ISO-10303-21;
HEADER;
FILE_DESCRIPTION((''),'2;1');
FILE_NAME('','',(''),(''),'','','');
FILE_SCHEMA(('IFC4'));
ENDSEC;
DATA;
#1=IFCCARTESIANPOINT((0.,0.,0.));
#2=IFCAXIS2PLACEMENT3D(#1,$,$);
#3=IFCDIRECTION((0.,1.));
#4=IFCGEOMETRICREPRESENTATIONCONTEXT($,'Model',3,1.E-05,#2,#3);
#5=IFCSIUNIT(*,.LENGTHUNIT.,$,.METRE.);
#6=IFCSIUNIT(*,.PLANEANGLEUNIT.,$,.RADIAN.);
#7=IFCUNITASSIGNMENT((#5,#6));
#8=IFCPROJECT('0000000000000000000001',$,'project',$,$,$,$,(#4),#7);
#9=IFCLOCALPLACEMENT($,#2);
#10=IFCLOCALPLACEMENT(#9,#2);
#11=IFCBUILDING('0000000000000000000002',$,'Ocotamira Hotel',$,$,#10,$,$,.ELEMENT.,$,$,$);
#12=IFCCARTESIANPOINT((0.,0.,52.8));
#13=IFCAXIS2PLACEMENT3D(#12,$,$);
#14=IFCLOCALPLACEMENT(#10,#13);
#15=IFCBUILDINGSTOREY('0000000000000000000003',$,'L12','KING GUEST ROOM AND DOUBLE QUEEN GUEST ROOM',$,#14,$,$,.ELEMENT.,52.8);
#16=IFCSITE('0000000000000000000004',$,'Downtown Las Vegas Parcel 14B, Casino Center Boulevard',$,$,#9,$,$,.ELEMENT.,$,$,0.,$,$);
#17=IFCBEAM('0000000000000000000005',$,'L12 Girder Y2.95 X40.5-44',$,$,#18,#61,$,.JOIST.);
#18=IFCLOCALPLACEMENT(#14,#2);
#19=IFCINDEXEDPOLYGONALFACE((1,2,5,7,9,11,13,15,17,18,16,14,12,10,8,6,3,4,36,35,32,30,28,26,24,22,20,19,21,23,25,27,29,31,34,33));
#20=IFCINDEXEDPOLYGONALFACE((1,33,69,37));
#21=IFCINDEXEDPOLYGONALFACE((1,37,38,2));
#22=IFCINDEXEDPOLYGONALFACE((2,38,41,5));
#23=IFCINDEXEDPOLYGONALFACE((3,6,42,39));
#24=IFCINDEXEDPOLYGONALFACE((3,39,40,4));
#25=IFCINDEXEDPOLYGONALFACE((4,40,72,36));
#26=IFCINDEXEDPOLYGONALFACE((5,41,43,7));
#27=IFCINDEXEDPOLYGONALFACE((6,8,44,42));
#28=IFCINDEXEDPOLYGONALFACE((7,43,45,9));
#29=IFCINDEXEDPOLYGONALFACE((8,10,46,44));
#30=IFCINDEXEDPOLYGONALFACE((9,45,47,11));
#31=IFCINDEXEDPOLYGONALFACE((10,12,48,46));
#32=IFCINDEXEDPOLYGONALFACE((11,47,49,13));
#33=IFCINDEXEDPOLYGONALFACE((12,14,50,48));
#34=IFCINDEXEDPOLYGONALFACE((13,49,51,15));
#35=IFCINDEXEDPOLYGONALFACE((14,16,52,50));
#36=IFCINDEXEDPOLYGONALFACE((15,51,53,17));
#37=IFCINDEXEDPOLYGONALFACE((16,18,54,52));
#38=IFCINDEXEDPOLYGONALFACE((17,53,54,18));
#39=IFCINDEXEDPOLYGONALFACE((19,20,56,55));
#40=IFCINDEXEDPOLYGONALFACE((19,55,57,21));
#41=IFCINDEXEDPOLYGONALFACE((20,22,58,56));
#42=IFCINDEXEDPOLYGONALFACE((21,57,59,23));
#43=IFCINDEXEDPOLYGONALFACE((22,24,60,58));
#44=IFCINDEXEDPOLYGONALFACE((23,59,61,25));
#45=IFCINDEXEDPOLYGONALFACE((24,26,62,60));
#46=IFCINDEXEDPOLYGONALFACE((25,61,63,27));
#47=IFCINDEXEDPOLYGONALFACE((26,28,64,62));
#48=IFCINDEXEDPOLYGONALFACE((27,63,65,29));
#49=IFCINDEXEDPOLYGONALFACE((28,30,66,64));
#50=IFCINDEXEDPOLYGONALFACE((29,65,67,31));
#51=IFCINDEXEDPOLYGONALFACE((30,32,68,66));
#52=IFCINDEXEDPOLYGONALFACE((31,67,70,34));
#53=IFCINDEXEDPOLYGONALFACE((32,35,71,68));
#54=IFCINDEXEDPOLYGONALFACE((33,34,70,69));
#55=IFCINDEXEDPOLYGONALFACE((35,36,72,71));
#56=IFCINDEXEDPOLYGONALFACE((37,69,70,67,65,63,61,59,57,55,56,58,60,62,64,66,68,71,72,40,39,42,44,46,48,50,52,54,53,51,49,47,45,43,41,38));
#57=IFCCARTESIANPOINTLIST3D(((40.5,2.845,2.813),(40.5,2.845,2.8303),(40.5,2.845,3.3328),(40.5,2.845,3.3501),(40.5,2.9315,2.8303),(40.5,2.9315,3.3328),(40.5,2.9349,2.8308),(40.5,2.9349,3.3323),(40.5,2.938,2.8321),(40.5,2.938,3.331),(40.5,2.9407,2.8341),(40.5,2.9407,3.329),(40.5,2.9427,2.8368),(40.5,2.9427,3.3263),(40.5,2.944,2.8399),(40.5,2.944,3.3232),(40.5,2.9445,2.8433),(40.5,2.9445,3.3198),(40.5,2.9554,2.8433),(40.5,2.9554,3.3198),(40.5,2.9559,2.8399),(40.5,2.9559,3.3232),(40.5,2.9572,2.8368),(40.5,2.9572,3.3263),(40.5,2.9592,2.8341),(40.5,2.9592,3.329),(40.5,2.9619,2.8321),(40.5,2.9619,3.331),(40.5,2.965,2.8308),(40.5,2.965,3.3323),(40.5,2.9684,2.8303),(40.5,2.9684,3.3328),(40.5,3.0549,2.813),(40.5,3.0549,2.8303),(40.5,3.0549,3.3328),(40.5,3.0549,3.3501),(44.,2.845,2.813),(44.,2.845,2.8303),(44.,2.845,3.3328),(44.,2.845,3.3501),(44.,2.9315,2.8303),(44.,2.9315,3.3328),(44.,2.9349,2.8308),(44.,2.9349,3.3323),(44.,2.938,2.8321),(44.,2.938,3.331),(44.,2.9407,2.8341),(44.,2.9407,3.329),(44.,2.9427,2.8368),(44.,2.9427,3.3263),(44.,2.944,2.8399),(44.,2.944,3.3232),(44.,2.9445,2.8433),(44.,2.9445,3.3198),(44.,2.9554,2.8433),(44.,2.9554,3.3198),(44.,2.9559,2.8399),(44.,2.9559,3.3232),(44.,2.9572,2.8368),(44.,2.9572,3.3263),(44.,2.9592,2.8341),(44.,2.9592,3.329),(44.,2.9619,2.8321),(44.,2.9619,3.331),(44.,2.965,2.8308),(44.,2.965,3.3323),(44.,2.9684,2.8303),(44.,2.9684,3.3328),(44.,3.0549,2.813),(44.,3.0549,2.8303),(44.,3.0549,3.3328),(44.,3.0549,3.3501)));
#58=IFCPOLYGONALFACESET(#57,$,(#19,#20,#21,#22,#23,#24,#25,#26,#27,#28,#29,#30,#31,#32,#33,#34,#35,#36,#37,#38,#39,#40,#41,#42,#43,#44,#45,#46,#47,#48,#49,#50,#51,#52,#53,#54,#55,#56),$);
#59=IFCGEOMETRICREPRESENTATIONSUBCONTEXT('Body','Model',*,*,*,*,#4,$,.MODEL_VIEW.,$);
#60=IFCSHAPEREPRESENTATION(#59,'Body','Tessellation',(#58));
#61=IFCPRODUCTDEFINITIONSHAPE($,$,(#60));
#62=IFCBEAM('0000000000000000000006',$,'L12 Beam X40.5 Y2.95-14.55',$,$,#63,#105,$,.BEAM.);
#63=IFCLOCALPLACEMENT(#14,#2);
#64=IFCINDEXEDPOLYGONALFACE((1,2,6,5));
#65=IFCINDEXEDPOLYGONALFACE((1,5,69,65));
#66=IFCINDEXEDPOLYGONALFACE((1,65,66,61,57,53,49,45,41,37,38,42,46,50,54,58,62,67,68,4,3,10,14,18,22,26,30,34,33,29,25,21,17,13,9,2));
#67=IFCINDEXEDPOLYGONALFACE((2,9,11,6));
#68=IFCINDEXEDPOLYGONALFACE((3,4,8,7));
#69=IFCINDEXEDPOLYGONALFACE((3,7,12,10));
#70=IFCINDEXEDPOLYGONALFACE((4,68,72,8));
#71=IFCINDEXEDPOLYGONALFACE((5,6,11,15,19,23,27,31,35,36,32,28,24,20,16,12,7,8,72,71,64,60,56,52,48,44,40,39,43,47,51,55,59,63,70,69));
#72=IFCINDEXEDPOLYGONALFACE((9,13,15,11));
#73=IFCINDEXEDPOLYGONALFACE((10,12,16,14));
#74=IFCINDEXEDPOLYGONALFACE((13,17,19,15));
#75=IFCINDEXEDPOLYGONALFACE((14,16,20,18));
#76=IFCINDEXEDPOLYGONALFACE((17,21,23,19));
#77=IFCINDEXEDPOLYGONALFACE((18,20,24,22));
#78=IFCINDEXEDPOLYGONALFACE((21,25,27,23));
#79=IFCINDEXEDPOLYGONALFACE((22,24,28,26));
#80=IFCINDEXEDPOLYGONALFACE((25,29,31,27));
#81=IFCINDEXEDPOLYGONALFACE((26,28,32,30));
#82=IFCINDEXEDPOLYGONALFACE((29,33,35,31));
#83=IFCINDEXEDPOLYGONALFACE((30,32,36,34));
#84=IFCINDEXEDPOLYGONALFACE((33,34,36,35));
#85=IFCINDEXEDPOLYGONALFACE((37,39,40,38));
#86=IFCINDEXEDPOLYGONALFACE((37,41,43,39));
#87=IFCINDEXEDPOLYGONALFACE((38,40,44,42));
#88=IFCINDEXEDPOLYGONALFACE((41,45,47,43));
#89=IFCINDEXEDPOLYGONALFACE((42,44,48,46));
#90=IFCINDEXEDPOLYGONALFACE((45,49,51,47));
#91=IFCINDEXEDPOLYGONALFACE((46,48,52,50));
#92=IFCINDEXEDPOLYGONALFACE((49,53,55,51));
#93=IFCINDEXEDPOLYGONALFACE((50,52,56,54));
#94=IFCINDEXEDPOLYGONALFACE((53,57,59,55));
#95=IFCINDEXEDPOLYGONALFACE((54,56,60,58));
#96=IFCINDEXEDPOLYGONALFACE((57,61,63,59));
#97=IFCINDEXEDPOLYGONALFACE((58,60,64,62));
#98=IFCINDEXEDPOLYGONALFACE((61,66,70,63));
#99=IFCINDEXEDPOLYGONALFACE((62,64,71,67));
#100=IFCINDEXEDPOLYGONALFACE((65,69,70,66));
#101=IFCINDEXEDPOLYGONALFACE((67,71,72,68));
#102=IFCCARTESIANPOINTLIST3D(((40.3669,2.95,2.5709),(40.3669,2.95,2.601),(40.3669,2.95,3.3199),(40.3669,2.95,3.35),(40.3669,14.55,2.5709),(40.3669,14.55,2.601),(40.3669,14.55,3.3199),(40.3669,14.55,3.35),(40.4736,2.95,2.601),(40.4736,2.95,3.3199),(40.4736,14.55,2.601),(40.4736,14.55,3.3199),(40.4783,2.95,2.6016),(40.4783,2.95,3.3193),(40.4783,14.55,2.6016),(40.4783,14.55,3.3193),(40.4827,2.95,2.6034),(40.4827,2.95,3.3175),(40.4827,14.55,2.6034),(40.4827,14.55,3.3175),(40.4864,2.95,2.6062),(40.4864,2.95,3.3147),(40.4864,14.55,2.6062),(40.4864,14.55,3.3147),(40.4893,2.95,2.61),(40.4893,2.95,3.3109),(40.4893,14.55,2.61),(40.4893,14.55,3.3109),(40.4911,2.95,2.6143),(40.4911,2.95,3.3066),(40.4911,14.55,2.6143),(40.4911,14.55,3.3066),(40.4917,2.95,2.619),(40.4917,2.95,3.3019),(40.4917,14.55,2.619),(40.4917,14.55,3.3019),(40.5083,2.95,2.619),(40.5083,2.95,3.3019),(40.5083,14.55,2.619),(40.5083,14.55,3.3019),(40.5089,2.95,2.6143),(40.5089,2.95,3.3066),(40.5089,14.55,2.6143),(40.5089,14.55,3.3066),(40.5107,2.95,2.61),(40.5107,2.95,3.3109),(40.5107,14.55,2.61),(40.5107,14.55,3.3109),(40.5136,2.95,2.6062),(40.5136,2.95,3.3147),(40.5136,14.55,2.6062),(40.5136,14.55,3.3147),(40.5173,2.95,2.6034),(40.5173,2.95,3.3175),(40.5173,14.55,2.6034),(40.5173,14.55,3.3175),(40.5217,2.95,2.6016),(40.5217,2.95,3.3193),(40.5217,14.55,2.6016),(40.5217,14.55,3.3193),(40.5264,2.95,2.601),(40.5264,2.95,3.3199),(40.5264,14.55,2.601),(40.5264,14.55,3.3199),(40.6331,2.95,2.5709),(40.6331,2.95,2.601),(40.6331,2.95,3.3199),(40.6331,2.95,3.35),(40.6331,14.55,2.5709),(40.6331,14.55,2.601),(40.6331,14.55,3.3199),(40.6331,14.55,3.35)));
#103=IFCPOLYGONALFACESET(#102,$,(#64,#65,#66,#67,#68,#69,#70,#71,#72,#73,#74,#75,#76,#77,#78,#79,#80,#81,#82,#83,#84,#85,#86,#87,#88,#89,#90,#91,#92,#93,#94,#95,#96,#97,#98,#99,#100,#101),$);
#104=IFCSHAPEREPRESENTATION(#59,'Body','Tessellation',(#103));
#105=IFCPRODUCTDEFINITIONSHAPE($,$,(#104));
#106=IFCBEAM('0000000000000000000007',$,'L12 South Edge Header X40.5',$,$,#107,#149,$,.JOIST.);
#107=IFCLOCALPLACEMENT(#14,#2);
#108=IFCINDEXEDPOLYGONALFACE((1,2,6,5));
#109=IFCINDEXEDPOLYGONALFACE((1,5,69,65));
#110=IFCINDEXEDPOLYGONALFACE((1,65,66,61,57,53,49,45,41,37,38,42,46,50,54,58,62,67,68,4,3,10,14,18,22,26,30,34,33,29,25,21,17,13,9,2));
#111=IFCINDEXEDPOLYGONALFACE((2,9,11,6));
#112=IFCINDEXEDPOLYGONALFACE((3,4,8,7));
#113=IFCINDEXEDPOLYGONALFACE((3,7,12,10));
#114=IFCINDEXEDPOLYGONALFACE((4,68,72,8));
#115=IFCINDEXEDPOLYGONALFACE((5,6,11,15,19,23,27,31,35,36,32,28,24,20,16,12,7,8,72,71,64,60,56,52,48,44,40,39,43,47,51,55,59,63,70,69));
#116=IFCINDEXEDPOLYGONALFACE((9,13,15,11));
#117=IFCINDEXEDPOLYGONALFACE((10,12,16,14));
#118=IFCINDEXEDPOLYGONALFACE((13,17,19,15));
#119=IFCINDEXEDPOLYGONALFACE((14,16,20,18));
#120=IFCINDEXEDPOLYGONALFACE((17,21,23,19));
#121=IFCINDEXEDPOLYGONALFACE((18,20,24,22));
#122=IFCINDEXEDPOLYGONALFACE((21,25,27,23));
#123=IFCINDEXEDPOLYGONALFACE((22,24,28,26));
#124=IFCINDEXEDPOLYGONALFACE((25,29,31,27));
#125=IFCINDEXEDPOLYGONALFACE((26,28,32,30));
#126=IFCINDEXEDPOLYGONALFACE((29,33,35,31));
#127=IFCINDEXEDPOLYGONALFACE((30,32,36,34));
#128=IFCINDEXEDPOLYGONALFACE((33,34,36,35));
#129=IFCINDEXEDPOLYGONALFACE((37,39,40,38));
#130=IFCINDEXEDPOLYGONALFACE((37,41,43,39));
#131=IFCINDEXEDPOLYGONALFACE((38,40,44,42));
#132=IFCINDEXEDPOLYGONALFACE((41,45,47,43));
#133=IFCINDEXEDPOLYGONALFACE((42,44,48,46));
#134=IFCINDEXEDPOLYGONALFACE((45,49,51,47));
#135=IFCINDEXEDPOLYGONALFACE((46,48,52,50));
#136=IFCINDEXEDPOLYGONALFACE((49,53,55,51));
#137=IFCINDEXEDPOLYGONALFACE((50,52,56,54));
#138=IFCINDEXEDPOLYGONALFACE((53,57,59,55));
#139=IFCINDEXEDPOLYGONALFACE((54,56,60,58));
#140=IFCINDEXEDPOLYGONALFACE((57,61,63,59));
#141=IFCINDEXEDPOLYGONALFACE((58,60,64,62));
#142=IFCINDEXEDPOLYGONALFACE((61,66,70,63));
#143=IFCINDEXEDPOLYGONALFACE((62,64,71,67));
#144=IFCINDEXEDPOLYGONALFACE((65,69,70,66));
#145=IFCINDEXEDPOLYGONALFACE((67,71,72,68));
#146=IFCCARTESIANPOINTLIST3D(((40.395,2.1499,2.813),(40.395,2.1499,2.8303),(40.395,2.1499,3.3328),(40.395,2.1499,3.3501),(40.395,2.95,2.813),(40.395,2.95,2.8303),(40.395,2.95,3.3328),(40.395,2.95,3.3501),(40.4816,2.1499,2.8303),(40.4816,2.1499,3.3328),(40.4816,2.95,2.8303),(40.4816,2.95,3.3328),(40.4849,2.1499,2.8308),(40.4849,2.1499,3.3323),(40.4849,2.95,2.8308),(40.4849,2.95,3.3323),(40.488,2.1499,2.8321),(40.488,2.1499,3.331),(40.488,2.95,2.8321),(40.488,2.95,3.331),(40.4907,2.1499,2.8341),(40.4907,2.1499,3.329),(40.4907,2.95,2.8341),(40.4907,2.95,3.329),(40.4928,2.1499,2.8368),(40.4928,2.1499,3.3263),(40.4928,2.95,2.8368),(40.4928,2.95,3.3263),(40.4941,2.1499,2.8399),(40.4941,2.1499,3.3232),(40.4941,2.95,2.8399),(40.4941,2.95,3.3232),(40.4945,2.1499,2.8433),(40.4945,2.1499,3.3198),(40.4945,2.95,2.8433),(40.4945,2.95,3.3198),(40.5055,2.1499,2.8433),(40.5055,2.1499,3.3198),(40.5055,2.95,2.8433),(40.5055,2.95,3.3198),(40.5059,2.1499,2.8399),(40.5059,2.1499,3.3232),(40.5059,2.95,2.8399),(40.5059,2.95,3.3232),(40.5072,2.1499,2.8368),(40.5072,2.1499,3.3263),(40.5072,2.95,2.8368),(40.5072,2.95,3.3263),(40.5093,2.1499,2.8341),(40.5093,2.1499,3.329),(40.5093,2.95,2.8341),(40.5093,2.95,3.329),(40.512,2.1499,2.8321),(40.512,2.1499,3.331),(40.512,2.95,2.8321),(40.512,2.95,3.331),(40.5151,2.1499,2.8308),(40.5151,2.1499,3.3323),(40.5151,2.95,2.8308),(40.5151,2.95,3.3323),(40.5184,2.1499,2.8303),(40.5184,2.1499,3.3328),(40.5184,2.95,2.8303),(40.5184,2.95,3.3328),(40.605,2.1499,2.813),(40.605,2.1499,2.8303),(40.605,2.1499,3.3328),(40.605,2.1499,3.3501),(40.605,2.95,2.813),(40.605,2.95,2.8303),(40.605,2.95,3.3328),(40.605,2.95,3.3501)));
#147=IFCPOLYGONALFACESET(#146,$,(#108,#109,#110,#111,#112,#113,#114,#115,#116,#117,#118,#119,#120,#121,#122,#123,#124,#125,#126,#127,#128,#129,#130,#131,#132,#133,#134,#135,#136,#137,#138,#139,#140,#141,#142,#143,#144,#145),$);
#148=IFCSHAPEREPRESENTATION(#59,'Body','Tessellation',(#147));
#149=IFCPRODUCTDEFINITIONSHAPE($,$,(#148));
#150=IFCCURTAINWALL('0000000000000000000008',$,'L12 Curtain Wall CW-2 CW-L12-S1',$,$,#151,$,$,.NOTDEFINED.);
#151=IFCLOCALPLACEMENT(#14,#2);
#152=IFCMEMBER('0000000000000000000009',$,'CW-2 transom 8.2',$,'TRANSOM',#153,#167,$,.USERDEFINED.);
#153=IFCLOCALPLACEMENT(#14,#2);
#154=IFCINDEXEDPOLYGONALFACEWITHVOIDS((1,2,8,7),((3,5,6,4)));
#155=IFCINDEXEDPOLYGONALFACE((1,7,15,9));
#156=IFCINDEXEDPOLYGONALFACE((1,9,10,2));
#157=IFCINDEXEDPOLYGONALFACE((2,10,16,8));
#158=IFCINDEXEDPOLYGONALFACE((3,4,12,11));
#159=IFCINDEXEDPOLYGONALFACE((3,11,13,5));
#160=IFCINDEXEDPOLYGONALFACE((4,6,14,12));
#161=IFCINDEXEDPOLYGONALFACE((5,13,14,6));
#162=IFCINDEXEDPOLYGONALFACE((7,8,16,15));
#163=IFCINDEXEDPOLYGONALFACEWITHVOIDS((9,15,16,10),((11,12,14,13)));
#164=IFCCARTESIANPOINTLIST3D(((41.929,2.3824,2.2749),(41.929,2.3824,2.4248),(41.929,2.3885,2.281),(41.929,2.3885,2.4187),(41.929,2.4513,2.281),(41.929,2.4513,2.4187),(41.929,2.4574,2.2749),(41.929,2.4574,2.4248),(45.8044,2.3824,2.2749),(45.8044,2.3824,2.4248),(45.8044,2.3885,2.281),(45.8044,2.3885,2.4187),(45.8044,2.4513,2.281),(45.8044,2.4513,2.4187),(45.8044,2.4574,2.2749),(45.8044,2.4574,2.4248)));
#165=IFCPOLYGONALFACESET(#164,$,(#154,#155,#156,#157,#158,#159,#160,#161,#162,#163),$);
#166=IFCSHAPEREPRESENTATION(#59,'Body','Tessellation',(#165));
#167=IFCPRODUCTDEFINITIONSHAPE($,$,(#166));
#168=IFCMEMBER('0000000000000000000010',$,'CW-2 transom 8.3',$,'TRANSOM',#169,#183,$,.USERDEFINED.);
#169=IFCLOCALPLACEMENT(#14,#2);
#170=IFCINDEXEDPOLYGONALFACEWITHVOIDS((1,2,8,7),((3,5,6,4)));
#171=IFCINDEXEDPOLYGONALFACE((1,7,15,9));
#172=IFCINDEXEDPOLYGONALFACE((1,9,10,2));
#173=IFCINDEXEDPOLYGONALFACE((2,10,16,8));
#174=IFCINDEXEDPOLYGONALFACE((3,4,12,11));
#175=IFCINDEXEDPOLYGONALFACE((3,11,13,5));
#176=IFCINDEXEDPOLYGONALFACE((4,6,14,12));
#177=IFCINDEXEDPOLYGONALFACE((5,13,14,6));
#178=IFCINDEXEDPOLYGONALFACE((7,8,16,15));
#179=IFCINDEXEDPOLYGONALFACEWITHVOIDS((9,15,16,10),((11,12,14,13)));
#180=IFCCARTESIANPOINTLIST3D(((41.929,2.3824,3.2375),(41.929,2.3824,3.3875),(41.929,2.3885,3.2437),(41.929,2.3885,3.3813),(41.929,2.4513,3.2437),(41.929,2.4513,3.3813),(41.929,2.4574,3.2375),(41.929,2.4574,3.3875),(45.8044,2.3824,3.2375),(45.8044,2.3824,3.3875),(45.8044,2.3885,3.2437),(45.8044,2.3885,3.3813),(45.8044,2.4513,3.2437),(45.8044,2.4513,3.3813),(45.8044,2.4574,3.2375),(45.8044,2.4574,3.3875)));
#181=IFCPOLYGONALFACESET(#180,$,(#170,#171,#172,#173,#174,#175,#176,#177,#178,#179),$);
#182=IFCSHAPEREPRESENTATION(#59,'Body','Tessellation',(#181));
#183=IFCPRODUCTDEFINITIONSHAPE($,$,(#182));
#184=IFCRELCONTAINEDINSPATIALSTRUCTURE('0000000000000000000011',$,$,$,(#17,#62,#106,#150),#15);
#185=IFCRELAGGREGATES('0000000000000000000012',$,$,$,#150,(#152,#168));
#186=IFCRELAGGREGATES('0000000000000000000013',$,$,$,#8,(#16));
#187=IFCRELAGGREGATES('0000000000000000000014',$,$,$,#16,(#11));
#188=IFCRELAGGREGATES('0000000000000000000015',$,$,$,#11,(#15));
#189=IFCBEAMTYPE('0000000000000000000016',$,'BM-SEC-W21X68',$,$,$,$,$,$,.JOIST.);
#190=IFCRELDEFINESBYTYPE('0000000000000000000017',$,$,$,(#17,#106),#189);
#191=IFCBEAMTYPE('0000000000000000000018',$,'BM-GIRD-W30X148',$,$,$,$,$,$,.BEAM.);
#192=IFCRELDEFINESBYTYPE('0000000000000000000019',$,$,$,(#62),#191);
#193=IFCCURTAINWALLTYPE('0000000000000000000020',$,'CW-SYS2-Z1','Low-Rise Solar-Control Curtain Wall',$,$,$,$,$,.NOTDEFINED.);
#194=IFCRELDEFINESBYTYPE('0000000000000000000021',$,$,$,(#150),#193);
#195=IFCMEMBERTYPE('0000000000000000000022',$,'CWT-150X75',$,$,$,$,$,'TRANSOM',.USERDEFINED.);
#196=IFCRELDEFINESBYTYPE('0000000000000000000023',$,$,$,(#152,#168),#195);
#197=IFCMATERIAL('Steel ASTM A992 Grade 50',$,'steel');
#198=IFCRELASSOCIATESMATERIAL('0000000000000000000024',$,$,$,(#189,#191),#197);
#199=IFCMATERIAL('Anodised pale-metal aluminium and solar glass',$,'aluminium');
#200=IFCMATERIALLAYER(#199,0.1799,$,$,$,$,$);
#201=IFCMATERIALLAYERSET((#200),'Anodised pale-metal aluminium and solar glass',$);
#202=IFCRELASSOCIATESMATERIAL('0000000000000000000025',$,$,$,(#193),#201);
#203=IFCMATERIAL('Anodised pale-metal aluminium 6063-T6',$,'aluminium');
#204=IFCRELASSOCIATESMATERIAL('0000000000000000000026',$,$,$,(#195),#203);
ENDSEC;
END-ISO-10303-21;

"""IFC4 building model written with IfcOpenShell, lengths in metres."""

from ifc_helpers import new_model, si_unit, direction, frame, origin, origin_2d, place, context, subcontext, project, spatial, hollow_rectangle, i_section, extrude, source, transform, mapped, material, layer, layer_set, material_profile, profile_set, type_object, element, aggregate, save


model = new_model("IFC4")

# Units and contexts
model_context = context("Model", 3, precision=1e-05, world=origin(), true_north=direction((0.0, 1.0)))
body_context = subcontext(model_context, "Body", "Model", "MODEL_VIEW")
ifc_project = project(units=[si_unit("LENGTHUNIT", "METRE"), si_unit("PLANEANGLEUNIT", "RADIAN")], contexts=[model_context])

# Site, building, storey
site_placement = place(None, origin())
site = spatial("IfcSite", under=ifc_project, at=site_placement, Name="Downtown Las Vegas Parcel 14B, Casino Center Boulevard", CompositionType="ELEMENT", RefElevation=0.0)
building_placement = place(site_placement, origin())
building = spatial("IfcBuilding", under=site, at=building_placement, Name="Ocotamira Hotel", CompositionType="ELEMENT")
storey_placement = place(building_placement, frame((0.0, 0.0, 52.8)))
storey = spatial("IfcBuildingStorey", under=building, at=storey_placement, Name="L12", Description="KING GUEST ROOM AND DOUBLE QUEEN GUEST ROOM", CompositionType="ELEMENT", Elevation=52.8)

# Beams
ifc_material_1 = material(Name="Steel ASTM A992 Grade 50", Category="steel")
ifc_material_profile_1 = material_profile(ifc_material_1, i_section(OverallWidth=0.21, OverallDepth=0.5371, WebThickness=0.011, FlangeThickness=0.0173, FilletRadius=0.0129, at=origin_2d()), Name="W21X68")
ifc_profile_set_1 = profile_set([ifc_material_profile_1], Name="Steel ASTM A992 Grade 50")
beam_type_1 = type_object("IfcBeamType", Name="BM-SEC-W21X68", PredefinedType="JOIST", material=ifc_profile_set_1)
shared_shape_1 = source(origin(), body_context, "Body", "SweptSolid", [
    extrude(i_section(OverallWidth=0.21, OverallDepth=0.5371, WebThickness=0.011, FlangeThickness=0.0173, FilletRadius=0.0129, at=origin_2d()), origin(), (0.0, 0.0, 1.0), 3.5),
])
beam_1_placement = place(storey_placement, frame((40.5, 2.95, 3.0815), z_axis=(1.0, 0.0, 0.0), x_axis=(0.0, 1.0, 0.0)))
element("IfcBeam", 1, at=beam_1_placement, inside=storey, type_object=beam_type_1, Name="L12 Girder Y2.95 X40.5-44", PredefinedType="JOIST", context=body_context, shape_type="MappedRepresentation", body=[
    mapped(shared_shape_1, transform((0.0, 0.0, 0.0), scale=1.0)),
])
ifc_material_profile_2 = material_profile(ifc_material_1, i_section(OverallWidth=0.2661, OverallDepth=0.7791, WebThickness=0.0166, FlangeThickness=0.03, FilletRadius=0.0181, at=origin_2d()), Name="W30X148")
ifc_profile_set_2 = profile_set([ifc_material_profile_2], Name="Steel ASTM A992 Grade 50")
beam_type_2 = type_object("IfcBeamType", Name="BM-GIRD-W30X148", PredefinedType="BEAM", material=ifc_profile_set_2)
shared_shape_2 = source(origin(), body_context, "Body", "SweptSolid", [
    extrude(i_section(OverallWidth=0.2661, OverallDepth=0.7791, WebThickness=0.0166, FlangeThickness=0.03, FilletRadius=0.0181, at=origin_2d()), origin(), (0.0, 0.0, 1.0), 11.6001),
])
beam_2_placement = place(storey_placement, frame((40.5, 2.95, 2.9604), z_axis=(0.0, 1.0, 0.0), x_axis=(-1.0, 0.0, 0.0)))
element("IfcBeam", 2, at=beam_2_placement, inside=storey, type_object=beam_type_2, Name="L12 Beam X40.5 Y2.95-14.55", PredefinedType="BEAM", context=body_context, shape_type="MappedRepresentation", body=[
    mapped(shared_shape_2, transform((0.0, 0.0, 0.0), scale=1.0)),
])
shared_shape_3 = source(origin(), body_context, "Body", "SweptSolid", [
    extrude(i_section(OverallWidth=0.21, OverallDepth=0.5371, WebThickness=0.011, FlangeThickness=0.0173, FilletRadius=0.0129, at=origin_2d()), origin(), (0.0, 0.0, 1.0), 0.8),
])
beam_3_placement = place(storey_placement, frame((40.5, 2.95, 3.0815), z_axis=(0.0, -1.0, 0.0), x_axis=(1.0, 0.0, 0.0)))
element("IfcBeam", 3, at=beam_3_placement, inside=storey, type_object=beam_type_1, Name="L12 South Edge Header X40.5", PredefinedType="JOIST", context=body_context, shape_type="MappedRepresentation", body=[
    mapped(shared_shape_3, transform((0.0, 0.0, 0.0), scale=1.0)),
])

# Curtain wall, members
ifc_material_2 = material(Name="Anodised pale-metal aluminium and solar glass", Category="aluminium")
ifc_layer_1 = layer(ifc_material_2, 0.1799)
ifc_layer_set_1 = layer_set([ifc_layer_1], Name="Anodised pale-metal aluminium and solar glass")
curtain_wall_type = type_object("IfcCurtainWallType", Name="CW-SYS2-Z1", Description="Low-Rise Solar-Control Curtain Wall", PredefinedType="NOTDEFINED", material=ifc_layer_set_1)
curtain_wall_placement = place(storey_placement, origin())
curtain_wall = element("IfcCurtainWall", 4, at=curtain_wall_placement, inside=storey, type_object=curtain_wall_type, Name="L12 Curtain Wall CW-2 CW-L12-S1", PredefinedType="NOTDEFINED")
ifc_material_3 = material(Name="Anodised pale-metal aluminium 6063-T6", Category="aluminium")
ifc_material_profile_3 = material_profile(ifc_material_3, hollow_rectangle(XDim=0.075, YDim=0.1499, WallThickness=0.0061, at=origin_2d()), Name="HSS150X75X6")
ifc_profile_set_3 = profile_set([ifc_material_profile_3], Name="Anodised pale-metal aluminium 6063-T6")
member_type = type_object("IfcMemberType", Name="CWT-150X75", ElementType="TRANSOM", PredefinedType="USERDEFINED", material=ifc_profile_set_3)
shared_shape_4 = source(origin(), body_context, "Body", "SweptSolid", [
    extrude(hollow_rectangle(XDim=0.075, YDim=0.1499, WallThickness=0.0061, at=origin_2d()), origin(), (0.0, 0.0, 1.0), 3.8755),
])
member_1_placement = place(storey_placement, frame((41.929, 2.4199, 2.3499), z_axis=(1.0, 0.0, 0.0), x_axis=(0.0, 1.0, 0.0)))
member_1 = element("IfcMember", 5, at=member_1_placement, type_object=member_type, Name="CW-2 transom 8.2", ObjectType="TRANSOM", PredefinedType="USERDEFINED", context=body_context, shape_type="MappedRepresentation", body=[
    mapped(shared_shape_4, transform((0.0, 0.0, 0.0), scale=1.0)),
])
member_2_placement = place(storey_placement, frame((41.929, 2.4199, 3.3125), z_axis=(1.0, 0.0, 0.0), x_axis=(0.0, 1.0, 0.0)))
member_2 = element("IfcMember", 6, at=member_2_placement, type_object=member_type, Name="CW-2 transom 8.3", ObjectType="TRANSOM", PredefinedType="USERDEFINED", context=body_context, shape_type="MappedRepresentation", body=[
    mapped(shared_shape_4, transform((0.0, 0.0, 0.0), scale=1.0)),
])
aggregate(curtain_wall, [member_1, member_2])

save(model, "model.ifc")
